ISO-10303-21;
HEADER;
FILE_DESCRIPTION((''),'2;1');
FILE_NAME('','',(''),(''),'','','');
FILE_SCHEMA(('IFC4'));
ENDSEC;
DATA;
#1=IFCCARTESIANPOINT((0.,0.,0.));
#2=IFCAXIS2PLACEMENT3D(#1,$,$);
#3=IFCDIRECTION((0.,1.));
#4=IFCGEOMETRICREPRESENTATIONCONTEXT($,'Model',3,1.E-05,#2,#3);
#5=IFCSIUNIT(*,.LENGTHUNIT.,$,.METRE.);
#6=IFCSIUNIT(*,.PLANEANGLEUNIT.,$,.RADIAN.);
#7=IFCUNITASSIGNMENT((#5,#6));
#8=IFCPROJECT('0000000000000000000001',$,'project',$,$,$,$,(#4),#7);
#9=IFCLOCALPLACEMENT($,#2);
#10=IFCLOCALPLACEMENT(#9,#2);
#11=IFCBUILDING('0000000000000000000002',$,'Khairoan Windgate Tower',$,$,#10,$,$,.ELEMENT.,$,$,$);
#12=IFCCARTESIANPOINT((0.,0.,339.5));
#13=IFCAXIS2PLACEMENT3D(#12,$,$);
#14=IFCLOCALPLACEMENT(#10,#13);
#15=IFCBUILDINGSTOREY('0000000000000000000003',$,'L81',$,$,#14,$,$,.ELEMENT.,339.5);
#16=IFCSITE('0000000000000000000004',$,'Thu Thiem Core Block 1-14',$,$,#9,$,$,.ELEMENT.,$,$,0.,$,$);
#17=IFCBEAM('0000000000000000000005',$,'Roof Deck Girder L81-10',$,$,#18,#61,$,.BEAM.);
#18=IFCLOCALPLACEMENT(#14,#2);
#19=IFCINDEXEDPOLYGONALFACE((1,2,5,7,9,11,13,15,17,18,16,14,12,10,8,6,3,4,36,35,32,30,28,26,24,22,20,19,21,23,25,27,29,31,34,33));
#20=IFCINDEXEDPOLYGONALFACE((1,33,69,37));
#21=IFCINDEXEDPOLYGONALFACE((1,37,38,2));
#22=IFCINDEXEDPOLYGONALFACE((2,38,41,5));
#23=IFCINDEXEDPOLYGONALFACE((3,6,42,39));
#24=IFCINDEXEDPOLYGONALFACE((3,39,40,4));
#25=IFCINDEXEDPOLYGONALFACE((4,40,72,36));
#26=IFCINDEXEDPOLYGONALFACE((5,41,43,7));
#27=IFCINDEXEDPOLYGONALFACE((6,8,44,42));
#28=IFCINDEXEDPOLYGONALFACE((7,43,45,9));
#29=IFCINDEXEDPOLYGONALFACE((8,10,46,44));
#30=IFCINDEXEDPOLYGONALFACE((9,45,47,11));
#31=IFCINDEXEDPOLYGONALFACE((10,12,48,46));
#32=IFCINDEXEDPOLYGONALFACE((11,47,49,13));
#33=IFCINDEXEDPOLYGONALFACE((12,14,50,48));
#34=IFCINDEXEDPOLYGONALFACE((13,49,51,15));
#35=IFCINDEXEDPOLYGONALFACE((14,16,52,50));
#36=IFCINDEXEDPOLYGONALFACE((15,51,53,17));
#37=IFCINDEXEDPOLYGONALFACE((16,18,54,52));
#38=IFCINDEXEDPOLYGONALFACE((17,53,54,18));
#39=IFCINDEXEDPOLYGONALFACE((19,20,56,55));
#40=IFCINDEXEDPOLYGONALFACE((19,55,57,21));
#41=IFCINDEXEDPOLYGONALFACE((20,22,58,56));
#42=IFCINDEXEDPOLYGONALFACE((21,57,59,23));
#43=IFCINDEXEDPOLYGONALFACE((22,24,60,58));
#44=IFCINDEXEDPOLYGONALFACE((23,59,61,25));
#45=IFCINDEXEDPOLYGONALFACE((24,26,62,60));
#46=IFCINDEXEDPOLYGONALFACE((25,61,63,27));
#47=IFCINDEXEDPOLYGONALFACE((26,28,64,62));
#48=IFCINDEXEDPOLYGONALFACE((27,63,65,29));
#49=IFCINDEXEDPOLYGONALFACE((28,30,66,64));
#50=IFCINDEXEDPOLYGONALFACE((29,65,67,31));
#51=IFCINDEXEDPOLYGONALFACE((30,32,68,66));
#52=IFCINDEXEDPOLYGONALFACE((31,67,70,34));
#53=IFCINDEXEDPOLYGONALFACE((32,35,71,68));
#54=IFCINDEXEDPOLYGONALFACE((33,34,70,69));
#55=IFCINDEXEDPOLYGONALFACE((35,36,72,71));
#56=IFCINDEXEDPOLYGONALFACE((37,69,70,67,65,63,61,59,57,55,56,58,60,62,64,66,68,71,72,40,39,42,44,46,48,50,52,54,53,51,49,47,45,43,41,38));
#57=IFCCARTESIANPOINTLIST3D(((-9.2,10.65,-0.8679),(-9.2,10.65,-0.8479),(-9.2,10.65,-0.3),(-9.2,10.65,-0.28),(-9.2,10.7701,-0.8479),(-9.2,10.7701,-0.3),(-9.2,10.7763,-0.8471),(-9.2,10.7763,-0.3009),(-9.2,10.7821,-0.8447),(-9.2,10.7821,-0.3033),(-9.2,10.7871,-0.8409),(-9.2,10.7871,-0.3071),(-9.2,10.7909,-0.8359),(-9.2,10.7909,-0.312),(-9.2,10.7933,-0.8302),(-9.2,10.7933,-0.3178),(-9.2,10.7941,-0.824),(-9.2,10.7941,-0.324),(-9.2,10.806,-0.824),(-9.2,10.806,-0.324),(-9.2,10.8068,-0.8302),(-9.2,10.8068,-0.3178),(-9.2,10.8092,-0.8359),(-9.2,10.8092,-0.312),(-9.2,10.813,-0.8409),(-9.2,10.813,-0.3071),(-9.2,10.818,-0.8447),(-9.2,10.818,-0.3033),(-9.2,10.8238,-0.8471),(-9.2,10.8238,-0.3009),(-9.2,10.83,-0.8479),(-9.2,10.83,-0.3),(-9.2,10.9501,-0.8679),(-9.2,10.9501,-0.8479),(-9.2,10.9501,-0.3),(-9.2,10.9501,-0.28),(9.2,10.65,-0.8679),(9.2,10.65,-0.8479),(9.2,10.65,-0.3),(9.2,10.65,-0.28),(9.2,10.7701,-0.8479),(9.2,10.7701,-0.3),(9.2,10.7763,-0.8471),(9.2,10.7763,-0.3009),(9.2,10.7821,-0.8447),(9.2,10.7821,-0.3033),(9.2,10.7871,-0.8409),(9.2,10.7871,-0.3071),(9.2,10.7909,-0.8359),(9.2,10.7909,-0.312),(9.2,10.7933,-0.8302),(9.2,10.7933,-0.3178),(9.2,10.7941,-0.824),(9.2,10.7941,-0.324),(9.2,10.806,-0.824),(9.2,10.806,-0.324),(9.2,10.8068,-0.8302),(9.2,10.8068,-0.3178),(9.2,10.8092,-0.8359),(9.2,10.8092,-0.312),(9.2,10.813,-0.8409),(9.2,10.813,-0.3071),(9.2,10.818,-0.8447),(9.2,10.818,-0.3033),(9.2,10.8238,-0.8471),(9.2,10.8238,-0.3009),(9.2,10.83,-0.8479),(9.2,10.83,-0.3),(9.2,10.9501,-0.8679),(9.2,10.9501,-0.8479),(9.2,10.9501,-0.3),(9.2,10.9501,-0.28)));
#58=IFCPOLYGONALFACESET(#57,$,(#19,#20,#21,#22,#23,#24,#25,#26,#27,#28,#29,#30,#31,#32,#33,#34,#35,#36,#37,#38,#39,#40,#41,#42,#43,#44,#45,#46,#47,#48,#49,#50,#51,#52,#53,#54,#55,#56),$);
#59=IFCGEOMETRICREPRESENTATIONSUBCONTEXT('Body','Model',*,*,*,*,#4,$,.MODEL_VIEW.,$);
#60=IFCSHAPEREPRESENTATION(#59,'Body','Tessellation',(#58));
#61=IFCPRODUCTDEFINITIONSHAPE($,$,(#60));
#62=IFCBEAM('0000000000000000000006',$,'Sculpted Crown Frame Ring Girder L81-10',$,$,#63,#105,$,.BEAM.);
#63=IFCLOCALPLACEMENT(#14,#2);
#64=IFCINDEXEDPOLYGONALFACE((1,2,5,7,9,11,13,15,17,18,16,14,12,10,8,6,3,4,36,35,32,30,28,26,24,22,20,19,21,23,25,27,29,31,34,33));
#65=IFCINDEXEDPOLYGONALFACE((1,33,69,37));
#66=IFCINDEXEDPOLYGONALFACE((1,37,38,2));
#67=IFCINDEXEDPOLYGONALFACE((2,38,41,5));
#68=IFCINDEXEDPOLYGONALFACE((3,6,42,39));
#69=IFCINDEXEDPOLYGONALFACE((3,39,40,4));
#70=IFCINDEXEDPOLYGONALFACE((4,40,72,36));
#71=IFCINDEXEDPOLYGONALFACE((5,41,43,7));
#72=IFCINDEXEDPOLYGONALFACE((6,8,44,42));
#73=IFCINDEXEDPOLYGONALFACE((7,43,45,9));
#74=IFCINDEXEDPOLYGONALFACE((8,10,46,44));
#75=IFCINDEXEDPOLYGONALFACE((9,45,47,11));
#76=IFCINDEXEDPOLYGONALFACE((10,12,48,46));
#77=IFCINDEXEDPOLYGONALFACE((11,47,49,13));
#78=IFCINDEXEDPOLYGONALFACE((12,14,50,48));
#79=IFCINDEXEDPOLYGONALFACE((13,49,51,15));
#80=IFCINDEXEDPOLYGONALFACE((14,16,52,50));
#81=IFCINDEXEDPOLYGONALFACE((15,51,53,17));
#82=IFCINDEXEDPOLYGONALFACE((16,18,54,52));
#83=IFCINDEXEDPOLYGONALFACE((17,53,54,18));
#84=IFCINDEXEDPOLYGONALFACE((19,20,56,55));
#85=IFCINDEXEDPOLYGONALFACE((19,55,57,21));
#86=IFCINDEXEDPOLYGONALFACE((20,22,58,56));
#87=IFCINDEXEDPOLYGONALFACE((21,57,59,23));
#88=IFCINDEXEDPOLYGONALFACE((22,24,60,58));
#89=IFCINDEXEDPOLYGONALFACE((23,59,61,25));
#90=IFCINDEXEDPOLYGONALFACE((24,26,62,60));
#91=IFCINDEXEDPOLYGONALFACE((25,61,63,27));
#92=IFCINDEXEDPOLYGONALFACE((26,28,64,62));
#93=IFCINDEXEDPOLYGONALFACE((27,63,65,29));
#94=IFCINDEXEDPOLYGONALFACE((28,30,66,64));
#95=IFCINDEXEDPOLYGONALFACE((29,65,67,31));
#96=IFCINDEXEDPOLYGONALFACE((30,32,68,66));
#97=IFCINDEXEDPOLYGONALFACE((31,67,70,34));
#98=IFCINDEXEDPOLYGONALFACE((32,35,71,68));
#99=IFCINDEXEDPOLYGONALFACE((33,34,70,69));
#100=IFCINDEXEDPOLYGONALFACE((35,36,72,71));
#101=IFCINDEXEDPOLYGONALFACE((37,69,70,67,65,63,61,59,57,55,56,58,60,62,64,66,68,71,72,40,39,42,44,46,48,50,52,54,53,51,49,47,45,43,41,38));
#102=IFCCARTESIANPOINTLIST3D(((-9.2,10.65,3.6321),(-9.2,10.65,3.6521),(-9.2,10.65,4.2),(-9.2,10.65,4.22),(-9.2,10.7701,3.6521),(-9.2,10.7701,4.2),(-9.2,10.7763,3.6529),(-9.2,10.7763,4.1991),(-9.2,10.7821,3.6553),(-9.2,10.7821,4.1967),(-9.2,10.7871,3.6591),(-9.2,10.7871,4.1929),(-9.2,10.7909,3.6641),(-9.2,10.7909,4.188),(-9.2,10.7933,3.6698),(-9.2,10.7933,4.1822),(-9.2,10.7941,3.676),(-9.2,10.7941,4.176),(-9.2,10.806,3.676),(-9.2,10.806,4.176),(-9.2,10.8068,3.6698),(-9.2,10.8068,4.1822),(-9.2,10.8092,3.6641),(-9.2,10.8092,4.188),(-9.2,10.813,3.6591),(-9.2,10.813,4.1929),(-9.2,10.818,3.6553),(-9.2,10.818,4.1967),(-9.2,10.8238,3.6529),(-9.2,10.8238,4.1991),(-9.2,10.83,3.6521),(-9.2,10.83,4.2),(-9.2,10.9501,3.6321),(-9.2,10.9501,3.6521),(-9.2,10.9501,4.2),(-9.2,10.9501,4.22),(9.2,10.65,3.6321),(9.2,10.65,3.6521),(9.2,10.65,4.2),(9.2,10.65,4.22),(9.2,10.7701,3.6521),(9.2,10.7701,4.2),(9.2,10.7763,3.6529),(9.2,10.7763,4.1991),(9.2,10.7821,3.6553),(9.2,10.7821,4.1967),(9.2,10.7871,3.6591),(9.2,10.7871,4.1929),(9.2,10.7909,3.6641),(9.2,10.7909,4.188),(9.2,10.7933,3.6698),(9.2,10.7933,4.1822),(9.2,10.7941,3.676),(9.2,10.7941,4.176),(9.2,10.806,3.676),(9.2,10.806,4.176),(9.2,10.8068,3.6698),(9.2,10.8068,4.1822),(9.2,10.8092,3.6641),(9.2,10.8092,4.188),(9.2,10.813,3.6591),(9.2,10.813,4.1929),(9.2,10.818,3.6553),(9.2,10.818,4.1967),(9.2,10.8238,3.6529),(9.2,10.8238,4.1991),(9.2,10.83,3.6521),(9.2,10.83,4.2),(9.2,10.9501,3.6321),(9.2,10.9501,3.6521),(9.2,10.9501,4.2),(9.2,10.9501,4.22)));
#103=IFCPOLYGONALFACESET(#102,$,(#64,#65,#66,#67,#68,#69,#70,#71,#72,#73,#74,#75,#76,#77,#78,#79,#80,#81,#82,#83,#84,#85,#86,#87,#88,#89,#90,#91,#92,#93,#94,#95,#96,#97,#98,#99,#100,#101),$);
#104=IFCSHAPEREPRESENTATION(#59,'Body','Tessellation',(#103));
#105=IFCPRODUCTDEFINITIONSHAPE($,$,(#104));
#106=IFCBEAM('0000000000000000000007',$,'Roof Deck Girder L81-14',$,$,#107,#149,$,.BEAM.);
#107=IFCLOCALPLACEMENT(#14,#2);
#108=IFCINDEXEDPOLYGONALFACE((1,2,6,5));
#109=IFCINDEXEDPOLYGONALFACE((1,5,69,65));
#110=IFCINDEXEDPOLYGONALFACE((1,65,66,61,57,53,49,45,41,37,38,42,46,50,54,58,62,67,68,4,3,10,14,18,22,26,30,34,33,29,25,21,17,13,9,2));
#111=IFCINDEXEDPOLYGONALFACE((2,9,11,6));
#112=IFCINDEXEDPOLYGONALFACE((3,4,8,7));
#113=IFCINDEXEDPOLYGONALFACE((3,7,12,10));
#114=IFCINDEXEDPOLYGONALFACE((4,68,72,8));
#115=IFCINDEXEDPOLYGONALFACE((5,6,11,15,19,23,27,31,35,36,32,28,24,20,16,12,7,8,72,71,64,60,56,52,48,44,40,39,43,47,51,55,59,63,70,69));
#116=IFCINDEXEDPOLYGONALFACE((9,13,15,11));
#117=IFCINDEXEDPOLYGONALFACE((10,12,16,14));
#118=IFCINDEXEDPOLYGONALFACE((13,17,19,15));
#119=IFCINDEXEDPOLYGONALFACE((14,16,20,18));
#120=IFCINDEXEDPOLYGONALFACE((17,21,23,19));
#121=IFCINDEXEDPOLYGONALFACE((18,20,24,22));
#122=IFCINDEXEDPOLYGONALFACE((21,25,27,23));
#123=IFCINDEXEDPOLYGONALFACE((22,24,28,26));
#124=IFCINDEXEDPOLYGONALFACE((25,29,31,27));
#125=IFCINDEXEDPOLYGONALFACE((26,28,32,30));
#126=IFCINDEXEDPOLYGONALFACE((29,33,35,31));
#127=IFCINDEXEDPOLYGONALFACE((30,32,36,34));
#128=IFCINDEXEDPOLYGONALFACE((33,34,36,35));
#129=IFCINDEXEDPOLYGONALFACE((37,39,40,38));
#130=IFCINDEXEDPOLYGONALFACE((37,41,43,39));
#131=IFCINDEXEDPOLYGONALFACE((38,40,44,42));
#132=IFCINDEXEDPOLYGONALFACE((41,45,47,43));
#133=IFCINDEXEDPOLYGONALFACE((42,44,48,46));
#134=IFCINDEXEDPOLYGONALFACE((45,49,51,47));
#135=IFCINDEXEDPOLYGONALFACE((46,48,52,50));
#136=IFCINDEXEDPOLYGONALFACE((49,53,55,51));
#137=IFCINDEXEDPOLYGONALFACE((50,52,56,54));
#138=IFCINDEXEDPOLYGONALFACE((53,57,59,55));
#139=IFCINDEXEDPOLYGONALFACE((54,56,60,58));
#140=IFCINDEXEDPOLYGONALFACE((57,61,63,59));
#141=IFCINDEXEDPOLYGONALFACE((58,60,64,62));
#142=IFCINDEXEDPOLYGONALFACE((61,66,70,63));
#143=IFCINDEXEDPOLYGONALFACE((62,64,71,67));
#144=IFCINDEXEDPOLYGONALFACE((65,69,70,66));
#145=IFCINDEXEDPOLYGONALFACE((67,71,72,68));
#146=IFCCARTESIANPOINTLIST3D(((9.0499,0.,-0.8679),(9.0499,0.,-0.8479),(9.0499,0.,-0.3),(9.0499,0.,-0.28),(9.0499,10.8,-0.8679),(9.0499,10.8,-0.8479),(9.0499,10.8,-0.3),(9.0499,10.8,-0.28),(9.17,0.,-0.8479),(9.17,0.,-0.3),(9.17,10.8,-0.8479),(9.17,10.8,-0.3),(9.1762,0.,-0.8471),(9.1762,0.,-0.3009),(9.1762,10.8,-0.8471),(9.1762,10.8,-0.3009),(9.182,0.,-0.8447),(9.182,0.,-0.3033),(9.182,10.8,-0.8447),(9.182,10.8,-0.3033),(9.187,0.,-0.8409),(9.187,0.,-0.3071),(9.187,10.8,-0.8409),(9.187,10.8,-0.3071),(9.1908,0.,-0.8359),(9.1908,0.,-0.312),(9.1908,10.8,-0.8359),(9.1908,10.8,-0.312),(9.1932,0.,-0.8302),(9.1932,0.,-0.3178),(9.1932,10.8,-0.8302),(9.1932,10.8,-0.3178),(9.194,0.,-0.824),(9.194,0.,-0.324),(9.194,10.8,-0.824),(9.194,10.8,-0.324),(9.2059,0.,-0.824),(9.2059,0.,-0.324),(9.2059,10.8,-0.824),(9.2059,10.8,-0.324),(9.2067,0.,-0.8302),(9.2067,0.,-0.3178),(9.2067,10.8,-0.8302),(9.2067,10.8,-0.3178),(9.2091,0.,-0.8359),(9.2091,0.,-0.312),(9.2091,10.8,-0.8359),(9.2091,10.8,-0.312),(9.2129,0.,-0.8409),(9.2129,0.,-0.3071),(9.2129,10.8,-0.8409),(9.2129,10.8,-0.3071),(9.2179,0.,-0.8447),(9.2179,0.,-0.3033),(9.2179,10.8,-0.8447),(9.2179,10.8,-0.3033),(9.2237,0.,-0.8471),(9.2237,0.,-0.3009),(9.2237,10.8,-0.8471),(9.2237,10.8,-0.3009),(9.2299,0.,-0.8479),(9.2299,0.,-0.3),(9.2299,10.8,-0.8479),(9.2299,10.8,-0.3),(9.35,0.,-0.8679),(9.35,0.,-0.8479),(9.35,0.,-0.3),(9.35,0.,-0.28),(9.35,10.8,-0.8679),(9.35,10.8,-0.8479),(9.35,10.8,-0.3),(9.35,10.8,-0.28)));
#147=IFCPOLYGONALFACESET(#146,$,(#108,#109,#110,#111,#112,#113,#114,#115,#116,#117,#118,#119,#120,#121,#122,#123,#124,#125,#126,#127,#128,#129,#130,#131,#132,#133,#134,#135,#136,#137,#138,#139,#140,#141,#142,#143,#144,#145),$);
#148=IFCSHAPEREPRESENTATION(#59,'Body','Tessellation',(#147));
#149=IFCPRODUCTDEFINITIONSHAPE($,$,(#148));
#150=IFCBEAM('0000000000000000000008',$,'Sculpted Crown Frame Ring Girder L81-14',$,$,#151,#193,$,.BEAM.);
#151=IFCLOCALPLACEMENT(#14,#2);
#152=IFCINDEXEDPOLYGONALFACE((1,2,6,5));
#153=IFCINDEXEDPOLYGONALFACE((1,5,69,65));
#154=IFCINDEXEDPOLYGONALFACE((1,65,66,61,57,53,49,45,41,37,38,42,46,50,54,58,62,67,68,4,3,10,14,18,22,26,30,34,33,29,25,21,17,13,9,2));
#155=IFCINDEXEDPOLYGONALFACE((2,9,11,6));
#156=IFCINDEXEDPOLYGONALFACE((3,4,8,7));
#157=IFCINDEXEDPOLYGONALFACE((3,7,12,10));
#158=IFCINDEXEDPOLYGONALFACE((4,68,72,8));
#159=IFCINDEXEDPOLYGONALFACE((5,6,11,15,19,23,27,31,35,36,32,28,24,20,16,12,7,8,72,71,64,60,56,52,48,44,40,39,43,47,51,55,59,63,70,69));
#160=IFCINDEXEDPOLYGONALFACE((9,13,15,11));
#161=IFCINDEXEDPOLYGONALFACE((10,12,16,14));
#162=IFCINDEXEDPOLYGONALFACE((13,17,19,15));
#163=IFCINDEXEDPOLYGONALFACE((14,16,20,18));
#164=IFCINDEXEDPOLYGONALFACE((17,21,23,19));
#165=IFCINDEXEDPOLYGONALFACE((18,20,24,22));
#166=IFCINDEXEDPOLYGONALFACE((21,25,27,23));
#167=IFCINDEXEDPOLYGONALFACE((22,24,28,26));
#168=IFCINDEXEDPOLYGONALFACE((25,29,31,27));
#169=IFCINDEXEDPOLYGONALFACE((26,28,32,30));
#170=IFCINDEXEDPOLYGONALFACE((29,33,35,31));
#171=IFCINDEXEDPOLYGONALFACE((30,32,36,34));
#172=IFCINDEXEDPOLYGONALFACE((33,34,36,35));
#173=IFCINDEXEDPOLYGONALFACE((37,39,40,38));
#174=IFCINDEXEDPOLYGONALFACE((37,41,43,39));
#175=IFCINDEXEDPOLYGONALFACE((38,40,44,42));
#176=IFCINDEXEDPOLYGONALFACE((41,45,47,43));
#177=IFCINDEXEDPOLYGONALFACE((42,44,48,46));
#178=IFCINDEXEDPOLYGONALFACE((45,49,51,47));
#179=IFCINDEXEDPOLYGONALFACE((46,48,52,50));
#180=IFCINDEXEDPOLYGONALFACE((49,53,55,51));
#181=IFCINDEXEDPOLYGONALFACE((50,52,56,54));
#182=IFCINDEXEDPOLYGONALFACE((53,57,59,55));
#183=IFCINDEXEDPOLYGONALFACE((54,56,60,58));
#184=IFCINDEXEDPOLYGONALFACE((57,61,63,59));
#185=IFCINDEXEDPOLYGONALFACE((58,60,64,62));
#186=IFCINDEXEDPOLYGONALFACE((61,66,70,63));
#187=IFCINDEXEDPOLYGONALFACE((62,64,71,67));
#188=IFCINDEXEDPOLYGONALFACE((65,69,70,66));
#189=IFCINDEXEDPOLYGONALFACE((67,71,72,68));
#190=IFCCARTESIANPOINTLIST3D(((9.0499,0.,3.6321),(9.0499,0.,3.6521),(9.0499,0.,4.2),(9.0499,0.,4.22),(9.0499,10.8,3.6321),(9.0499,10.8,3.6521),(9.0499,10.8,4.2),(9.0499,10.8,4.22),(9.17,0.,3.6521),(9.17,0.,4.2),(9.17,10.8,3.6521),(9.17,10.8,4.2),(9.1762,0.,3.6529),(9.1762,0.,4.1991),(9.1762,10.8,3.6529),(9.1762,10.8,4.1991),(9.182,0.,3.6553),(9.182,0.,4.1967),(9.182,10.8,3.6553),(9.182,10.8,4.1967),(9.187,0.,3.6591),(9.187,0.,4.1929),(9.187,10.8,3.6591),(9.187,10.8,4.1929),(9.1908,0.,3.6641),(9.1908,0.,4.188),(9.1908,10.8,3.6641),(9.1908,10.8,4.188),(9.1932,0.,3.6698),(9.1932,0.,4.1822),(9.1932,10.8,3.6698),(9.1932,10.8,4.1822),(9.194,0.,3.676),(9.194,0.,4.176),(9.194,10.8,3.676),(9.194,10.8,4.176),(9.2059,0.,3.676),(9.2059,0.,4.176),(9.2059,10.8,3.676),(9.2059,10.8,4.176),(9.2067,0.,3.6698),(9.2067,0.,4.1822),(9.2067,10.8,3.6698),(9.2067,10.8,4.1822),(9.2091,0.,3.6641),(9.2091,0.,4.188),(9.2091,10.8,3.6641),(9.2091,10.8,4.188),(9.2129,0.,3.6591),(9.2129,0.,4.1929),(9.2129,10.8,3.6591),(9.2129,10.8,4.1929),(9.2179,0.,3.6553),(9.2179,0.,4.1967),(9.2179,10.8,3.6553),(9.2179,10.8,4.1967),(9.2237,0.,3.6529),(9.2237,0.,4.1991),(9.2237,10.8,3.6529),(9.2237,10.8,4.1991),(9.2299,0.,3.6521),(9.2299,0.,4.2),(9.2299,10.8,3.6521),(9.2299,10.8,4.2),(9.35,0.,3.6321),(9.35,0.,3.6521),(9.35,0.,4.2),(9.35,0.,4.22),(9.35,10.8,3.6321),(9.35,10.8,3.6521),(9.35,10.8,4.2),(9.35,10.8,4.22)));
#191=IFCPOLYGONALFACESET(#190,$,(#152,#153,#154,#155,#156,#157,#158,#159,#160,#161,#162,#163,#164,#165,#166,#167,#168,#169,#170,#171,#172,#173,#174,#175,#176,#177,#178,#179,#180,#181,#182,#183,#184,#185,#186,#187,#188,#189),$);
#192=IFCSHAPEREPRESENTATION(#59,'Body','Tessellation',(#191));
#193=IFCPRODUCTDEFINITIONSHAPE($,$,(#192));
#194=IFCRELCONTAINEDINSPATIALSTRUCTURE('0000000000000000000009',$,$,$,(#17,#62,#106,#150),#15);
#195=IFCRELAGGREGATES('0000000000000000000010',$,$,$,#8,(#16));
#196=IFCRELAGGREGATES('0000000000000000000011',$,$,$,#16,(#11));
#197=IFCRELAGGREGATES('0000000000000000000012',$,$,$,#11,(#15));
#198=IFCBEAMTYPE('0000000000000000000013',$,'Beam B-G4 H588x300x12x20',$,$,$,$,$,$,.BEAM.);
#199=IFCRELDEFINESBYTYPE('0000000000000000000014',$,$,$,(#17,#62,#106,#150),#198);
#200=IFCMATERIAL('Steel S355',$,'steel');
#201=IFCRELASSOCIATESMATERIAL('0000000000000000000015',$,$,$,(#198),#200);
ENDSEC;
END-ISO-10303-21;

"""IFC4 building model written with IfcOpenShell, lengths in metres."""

from ifc_helpers import new_model, si_unit, direction, frame, origin, origin_2d, place, context, subcontext, project, spatial, i_section, extrude, material, material_profile, profile_set, type_object, element, save


model = new_model("IFC4")

# Units and contexts
model_context = context("Model", 3, precision=1e-05, world=origin(), true_north=direction((0.0, 1.0)))
body_context = subcontext(model_context, "Body", "Model", "MODEL_VIEW")
ifc_project = project(units=[si_unit("LENGTHUNIT", "METRE"), si_unit("PLANEANGLEUNIT", "RADIAN")], contexts=[model_context])

# Site, building, storey
site_placement = place(None, origin())
site = spatial("IfcSite", under=ifc_project, at=site_placement, Name="Thu Thiem Core Block 1-14", CompositionType="ELEMENT", RefElevation=0.0)
building_placement = place(site_placement, origin())
building = spatial("IfcBuilding", under=site, at=building_placement, Name="Khairoan Windgate Tower", CompositionType="ELEMENT")
storey_placement = place(building_placement, frame((0.0, 0.0, 339.5)))
storey = spatial("IfcBuildingStorey", under=building, at=storey_placement, Name="L81", CompositionType="ELEMENT", Elevation=339.5)

# Beams
ifc_material_1 = material(Name="Steel S355", Category="steel")
ifc_material_profile_1 = material_profile(ifc_material_1, i_section(OverallWidth=0.3, OverallDepth=0.5879, WebThickness=0.012, FlangeThickness=0.02, FilletRadius=0.0239, at=origin_2d()))
ifc_profile_set_1 = profile_set([ifc_material_profile_1], Name="Steel S355")
beam_type = type_object("IfcBeamType", Name="Beam B-G4 H588x300x12x20", PredefinedType="BEAM", material=ifc_profile_set_1)
for number, where, z_axis, x_axis, name in (
    (1, (-9.2, 10.8, -0.574), (1.0, 0.0, 0.0), (0.0, 1.0, 0.0), "Roof Deck Girder L81-10"),
    (2, (-9.2, 10.8, 3.926), (1.0, 0.0, 0.0), (0.0, 1.0, 0.0), "Sculpted Crown Frame Ring Girder L81-10"),
):
    element("IfcBeam", number, at=place(storey_placement, frame(where, z_axis=z_axis, x_axis=x_axis)), inside=storey, type_object=beam_type, Name=name, PredefinedType="BEAM", context=body_context, shape_type="SweptSolid", body=[
        extrude(i_section(OverallWidth=0.3, OverallDepth=0.5879, WebThickness=0.012, FlangeThickness=0.02, FilletRadius=0.0239, at=origin_2d()), origin(), (0.0, 0.0, 1.0), 18.3999),
    ])
for number, where, z_axis, x_axis, name in (
    (3, (9.2, 0.0, -0.574), (0.0, 1.0, 0.0), (-1.0, 0.0, 0.0), "Roof Deck Girder L81-14"),
    (4, (9.2, 0.0, 3.926), (0.0, 1.0, 0.0), (-1.0, 0.0, 0.0), "Sculpted Crown Frame Ring Girder L81-14"),
):
    element("IfcBeam", number, at=place(storey_placement, frame(where, z_axis=z_axis, x_axis=x_axis)), inside=storey, type_object=beam_type, Name=name, PredefinedType="BEAM", context=body_context, shape_type="SweptSolid", body=[
        extrude(i_section(OverallWidth=0.3, OverallDepth=0.5879, WebThickness=0.012, FlangeThickness=0.02, FilletRadius=0.0239, at=origin_2d()), origin(), (0.0, 0.0, 1.0), 10.8),
    ])

save(model, "model.ifc")
